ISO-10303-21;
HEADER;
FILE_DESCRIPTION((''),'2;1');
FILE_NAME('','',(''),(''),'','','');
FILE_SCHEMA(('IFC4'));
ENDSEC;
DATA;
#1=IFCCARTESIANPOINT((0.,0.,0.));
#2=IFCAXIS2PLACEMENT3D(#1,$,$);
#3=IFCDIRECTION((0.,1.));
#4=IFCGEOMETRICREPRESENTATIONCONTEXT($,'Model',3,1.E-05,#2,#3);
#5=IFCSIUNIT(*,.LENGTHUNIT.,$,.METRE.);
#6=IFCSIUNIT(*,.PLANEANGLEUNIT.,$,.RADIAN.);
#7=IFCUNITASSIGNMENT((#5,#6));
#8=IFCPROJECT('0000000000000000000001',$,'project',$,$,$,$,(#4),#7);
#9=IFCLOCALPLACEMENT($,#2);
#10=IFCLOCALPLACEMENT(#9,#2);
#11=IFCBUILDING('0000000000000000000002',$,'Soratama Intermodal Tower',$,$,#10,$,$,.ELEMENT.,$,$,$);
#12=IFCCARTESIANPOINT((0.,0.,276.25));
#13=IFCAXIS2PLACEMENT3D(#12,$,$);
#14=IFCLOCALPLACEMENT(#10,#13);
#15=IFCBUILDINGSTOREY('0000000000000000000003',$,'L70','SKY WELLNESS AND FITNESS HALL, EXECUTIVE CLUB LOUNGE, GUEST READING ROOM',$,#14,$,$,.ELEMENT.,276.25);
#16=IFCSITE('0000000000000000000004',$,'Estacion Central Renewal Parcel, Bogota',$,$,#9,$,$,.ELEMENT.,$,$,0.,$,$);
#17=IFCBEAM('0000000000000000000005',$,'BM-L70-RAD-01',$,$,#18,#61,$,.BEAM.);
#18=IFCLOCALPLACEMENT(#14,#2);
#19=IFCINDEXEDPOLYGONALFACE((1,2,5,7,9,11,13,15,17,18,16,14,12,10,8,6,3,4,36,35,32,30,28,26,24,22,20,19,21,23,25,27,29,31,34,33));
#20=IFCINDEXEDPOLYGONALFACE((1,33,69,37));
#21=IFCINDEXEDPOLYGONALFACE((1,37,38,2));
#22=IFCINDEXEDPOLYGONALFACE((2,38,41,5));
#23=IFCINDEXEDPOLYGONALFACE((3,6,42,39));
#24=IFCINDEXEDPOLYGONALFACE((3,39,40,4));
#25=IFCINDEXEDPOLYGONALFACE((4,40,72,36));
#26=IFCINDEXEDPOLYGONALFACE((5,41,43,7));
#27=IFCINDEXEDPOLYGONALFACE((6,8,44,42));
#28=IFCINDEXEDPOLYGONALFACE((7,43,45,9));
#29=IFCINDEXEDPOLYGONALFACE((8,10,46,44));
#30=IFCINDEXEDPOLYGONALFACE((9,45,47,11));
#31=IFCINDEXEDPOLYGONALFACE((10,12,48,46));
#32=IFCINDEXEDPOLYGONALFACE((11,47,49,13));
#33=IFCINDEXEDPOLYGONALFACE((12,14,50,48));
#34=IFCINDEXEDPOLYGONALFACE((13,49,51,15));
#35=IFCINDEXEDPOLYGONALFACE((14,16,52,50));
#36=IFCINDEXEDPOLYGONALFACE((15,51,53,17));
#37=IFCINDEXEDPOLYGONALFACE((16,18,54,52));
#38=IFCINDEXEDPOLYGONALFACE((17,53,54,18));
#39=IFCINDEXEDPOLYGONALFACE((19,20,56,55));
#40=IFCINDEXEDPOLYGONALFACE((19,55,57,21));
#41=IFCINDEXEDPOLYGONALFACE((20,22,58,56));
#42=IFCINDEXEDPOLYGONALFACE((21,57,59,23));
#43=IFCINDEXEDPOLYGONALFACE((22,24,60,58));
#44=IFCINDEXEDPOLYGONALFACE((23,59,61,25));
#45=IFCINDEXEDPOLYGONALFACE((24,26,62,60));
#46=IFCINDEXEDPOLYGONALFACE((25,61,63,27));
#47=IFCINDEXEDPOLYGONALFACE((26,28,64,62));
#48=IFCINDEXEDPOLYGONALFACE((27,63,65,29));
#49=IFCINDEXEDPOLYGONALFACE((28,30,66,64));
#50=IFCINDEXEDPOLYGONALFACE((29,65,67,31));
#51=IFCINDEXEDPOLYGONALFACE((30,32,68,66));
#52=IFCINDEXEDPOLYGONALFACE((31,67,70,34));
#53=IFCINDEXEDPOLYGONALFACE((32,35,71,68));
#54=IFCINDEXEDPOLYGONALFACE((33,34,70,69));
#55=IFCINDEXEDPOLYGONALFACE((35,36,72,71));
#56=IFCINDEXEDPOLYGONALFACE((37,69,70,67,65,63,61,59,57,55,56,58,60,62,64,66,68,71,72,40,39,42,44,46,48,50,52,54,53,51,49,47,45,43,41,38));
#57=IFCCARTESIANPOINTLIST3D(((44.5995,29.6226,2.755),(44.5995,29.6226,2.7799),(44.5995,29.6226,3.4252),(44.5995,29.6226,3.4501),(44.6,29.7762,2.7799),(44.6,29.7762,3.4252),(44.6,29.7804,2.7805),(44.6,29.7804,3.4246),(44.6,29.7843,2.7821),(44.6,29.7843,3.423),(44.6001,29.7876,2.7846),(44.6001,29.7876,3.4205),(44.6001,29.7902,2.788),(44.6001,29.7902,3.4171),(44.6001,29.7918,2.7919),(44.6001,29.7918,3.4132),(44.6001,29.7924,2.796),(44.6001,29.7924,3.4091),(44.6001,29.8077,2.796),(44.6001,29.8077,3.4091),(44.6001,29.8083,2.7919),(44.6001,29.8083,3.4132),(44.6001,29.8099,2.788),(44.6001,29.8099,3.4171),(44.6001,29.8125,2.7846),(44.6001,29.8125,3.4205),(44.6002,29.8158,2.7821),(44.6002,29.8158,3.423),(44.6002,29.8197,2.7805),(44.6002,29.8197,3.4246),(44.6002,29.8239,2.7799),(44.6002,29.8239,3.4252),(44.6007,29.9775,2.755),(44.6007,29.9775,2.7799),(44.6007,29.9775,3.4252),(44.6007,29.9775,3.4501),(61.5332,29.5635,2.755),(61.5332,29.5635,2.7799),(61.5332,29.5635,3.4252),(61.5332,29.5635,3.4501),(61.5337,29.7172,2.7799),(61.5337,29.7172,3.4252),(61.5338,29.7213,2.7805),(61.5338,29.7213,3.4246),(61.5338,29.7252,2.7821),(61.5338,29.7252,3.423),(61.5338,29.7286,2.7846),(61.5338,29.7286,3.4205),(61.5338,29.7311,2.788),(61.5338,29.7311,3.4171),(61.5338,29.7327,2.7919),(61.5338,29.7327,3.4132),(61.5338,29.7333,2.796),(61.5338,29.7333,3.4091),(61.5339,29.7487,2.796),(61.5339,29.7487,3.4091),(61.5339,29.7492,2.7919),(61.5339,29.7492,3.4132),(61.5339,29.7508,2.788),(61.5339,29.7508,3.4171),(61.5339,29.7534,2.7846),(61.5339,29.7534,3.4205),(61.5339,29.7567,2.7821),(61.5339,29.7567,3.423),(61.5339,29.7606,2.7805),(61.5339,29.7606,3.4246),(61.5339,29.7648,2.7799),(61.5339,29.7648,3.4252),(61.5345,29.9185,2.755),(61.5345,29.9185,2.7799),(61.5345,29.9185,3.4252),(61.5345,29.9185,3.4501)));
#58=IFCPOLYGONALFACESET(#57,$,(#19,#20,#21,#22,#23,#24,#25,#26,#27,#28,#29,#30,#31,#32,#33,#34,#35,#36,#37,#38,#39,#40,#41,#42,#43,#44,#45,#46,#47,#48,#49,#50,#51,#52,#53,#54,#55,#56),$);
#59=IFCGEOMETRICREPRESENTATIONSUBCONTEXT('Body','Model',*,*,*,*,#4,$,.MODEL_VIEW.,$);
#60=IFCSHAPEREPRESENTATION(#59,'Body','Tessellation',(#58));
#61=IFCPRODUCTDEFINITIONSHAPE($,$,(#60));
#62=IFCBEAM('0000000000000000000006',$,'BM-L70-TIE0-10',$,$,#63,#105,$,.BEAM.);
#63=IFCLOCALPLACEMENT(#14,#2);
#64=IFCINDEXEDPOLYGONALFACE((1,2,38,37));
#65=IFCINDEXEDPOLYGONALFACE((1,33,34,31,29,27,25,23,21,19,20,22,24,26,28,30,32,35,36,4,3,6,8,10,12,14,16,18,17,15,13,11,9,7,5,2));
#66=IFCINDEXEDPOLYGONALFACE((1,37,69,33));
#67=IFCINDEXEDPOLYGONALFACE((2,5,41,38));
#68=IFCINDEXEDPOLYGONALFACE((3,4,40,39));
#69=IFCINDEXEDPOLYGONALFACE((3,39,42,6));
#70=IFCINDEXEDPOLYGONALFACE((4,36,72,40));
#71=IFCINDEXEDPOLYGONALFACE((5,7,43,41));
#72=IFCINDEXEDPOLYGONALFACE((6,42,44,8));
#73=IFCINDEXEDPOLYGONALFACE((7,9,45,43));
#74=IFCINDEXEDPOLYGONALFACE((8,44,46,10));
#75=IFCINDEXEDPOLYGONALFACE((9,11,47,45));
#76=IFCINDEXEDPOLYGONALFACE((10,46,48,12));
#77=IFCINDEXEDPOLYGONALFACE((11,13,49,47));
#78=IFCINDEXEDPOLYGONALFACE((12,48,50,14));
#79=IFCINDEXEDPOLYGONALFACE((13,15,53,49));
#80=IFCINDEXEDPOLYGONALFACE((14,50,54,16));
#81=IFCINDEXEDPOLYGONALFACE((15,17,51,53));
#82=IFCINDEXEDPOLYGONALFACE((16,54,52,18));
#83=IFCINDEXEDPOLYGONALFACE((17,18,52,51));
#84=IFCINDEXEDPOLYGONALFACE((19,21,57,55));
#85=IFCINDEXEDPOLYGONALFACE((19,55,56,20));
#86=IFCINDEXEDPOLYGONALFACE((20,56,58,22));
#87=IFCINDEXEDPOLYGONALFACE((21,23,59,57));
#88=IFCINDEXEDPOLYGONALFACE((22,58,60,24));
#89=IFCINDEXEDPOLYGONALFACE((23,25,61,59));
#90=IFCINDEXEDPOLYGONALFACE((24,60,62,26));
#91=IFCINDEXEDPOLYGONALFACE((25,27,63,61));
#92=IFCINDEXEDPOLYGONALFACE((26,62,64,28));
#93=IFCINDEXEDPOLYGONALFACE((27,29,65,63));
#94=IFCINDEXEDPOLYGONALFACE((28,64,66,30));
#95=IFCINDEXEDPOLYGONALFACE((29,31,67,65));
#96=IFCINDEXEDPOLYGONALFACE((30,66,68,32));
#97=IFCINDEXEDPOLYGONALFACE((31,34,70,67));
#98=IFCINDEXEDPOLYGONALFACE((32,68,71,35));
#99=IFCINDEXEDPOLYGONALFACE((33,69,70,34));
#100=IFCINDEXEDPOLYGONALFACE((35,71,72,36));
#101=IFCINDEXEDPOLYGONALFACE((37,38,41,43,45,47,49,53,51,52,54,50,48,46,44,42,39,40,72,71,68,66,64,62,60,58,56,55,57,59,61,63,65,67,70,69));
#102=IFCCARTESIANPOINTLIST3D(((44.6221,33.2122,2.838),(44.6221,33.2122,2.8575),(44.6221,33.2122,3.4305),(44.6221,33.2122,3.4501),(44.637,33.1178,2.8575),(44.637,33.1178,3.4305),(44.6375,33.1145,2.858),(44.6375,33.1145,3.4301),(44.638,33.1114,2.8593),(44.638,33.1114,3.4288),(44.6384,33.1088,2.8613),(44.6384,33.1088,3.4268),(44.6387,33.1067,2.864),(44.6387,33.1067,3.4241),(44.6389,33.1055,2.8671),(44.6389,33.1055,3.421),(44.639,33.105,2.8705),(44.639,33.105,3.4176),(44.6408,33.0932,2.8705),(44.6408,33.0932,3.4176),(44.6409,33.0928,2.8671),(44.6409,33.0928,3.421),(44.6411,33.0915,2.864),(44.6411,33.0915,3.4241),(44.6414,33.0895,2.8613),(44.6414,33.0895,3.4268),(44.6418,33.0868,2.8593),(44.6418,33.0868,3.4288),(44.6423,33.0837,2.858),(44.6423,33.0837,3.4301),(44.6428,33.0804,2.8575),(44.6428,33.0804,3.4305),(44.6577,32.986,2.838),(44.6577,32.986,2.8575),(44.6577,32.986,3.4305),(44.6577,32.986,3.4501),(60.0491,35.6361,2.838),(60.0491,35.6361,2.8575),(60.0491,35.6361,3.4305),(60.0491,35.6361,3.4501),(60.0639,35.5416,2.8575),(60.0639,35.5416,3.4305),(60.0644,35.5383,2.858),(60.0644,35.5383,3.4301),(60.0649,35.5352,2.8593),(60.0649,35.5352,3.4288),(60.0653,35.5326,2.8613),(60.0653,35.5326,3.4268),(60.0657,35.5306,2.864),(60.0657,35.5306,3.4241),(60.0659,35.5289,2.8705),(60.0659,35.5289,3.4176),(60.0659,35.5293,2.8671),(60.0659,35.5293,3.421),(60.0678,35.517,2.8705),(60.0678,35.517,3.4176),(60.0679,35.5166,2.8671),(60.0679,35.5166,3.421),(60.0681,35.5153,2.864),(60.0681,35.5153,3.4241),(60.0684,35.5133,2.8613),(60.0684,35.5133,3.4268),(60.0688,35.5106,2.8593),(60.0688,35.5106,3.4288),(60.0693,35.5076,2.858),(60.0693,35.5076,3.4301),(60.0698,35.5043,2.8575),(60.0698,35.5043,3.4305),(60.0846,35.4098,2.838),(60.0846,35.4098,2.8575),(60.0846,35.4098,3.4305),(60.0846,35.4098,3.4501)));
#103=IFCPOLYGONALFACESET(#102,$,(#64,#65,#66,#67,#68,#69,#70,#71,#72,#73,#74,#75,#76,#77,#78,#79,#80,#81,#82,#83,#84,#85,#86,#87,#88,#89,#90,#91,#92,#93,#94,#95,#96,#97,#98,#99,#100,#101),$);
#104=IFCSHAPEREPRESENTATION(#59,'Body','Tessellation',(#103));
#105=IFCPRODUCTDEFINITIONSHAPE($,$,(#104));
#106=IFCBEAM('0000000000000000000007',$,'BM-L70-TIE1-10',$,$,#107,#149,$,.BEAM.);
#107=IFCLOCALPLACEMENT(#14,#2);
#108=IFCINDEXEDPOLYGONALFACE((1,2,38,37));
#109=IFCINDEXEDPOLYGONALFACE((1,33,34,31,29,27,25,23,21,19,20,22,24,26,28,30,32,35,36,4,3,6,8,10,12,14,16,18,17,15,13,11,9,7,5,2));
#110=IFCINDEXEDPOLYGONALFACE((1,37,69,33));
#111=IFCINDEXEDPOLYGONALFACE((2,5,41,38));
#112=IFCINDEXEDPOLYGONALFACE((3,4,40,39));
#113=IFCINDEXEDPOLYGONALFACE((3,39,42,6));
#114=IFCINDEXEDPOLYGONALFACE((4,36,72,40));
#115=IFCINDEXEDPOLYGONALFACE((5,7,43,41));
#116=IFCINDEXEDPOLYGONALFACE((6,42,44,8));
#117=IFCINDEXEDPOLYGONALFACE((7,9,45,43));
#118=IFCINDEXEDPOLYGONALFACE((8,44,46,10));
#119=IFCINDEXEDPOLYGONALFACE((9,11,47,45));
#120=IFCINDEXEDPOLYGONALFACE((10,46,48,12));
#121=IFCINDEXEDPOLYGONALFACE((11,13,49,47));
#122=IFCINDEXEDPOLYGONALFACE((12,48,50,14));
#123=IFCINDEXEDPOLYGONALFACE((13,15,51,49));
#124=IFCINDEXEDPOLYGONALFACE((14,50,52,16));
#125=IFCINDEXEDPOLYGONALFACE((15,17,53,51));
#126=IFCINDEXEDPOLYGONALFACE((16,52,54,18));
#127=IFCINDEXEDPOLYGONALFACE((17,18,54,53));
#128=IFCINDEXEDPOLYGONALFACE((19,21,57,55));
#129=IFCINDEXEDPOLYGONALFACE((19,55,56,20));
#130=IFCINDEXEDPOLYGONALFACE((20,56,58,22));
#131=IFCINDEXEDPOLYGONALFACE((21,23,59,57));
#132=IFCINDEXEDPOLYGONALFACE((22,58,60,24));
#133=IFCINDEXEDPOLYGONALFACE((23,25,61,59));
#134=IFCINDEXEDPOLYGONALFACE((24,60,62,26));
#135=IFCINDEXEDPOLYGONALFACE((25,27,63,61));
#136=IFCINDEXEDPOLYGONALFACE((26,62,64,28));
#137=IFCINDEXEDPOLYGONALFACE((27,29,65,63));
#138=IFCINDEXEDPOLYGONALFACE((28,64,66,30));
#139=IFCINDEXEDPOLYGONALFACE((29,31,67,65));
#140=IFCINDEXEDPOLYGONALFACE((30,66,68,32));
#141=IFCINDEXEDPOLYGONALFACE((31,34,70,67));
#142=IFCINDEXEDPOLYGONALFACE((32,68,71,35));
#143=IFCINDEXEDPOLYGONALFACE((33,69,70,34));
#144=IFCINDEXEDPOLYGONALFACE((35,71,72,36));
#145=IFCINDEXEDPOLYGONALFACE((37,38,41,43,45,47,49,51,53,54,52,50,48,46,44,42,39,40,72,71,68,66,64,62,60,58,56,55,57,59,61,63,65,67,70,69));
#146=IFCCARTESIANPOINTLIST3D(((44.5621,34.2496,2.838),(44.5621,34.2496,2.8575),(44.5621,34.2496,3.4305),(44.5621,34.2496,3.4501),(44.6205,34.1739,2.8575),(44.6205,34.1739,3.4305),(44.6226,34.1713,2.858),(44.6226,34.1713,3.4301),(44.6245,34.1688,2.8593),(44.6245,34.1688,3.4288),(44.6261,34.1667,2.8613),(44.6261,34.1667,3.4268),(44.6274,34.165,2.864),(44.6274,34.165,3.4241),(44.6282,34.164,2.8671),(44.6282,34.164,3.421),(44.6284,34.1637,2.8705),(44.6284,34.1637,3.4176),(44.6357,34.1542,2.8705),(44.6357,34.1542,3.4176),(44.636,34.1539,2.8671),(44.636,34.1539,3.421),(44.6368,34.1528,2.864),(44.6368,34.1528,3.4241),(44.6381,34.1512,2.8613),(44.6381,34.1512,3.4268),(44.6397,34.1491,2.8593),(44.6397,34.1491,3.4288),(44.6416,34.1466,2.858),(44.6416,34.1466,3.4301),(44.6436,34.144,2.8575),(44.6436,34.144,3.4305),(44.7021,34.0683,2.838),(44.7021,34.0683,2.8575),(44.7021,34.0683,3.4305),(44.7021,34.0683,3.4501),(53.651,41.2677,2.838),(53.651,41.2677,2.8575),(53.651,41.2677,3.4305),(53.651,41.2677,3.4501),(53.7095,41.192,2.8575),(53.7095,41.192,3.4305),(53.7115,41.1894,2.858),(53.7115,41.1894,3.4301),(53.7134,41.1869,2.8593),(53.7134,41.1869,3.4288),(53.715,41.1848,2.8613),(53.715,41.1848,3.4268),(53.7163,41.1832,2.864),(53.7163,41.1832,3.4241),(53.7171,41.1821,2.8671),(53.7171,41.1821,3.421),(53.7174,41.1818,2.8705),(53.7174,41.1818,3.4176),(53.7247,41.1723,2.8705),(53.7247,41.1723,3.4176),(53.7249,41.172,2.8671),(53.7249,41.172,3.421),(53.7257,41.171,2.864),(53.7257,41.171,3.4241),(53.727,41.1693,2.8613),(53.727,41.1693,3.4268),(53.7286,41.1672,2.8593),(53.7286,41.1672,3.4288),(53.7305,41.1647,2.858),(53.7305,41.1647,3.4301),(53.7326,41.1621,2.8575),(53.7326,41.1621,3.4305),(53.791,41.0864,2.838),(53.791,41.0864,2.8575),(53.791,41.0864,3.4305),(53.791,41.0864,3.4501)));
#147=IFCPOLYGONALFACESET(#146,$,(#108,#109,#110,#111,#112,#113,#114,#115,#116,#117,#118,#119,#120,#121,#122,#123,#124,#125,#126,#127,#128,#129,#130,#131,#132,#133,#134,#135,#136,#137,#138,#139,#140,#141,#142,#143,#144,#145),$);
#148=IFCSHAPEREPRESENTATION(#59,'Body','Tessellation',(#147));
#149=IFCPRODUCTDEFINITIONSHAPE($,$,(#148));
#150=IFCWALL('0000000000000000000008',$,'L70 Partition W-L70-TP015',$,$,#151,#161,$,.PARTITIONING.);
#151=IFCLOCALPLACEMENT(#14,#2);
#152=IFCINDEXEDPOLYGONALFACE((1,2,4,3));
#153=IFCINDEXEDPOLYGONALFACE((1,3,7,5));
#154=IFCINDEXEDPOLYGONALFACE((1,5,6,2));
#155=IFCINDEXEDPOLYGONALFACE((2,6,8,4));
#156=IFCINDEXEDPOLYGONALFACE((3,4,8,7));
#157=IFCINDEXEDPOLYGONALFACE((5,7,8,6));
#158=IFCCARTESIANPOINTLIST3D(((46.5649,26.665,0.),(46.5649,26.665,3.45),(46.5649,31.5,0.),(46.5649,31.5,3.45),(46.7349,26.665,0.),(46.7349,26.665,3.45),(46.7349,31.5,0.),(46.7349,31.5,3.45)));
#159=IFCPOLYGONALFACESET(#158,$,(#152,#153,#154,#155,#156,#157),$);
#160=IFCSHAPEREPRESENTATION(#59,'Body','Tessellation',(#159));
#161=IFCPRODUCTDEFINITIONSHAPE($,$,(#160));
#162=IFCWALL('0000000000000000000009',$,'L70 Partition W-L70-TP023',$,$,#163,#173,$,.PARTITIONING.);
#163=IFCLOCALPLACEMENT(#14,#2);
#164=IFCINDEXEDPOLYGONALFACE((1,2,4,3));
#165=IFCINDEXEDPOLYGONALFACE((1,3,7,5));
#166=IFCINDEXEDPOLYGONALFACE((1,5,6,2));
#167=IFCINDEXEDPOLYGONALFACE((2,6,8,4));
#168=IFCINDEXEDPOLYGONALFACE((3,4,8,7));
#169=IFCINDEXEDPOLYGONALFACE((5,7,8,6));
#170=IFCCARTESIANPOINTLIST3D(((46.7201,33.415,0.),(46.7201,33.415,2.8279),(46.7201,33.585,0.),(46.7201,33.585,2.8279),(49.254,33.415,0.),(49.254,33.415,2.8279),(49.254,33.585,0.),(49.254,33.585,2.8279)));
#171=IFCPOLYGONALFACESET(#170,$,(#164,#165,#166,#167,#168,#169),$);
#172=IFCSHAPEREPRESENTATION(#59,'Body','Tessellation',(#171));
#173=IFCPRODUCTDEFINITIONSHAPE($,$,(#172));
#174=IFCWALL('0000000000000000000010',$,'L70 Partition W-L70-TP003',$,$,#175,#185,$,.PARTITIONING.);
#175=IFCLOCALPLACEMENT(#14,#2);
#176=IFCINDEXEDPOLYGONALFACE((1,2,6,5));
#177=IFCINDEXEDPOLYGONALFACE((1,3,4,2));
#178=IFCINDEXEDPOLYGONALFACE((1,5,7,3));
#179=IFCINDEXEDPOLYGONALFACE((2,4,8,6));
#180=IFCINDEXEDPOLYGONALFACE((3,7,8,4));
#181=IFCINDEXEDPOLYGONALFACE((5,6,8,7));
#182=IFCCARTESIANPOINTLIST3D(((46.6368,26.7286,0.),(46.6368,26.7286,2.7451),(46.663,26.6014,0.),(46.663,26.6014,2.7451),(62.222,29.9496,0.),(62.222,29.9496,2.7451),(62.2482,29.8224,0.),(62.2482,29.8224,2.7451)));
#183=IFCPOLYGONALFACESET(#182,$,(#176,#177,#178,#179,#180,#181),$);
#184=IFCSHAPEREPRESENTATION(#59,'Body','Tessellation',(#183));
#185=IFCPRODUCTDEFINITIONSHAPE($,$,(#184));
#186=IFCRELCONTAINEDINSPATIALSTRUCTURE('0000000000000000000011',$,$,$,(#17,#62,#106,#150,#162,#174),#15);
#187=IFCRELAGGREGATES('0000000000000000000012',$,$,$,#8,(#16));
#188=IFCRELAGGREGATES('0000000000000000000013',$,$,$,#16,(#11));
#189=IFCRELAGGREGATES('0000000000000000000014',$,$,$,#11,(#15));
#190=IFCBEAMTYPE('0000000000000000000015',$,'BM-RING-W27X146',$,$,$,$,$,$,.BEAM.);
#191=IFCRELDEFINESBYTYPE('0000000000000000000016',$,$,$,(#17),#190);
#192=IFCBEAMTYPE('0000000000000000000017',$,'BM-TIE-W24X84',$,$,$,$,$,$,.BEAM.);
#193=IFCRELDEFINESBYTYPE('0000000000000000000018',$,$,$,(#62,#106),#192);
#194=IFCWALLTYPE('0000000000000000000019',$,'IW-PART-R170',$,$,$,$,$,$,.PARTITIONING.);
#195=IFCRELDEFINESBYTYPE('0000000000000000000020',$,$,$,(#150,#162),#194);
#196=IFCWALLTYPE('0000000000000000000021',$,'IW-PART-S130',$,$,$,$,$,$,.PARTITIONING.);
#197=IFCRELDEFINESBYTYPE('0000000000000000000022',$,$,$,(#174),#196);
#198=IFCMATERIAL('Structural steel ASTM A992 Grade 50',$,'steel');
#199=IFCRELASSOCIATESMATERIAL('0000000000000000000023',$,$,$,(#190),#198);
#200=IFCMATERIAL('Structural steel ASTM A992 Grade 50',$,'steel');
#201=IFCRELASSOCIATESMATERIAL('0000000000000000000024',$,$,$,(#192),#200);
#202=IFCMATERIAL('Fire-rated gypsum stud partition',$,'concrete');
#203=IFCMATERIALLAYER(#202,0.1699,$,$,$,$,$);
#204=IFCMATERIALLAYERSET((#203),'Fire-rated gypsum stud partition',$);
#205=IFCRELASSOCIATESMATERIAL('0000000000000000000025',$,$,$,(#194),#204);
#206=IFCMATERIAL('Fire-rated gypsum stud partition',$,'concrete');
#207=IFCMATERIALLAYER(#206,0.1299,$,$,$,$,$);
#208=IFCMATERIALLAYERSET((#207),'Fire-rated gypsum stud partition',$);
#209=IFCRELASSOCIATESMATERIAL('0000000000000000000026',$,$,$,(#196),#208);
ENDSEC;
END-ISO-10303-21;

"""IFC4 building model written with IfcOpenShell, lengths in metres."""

from ifc_helpers import new_model, si_unit, direction, frame, frame_2d, origin, origin_2d, place, context, subcontext, project, spatial, rectangle, i_section, extrude, material, layer, layer_set, material_profile, profile_set, type_object, element, save


model = new_model("IFC4")

# Units and contexts
model_context = context("Model", 3, precision=1e-05, world=origin(), true_north=direction((0.0, 1.0)))
body_context = subcontext(model_context, "Body", "Model", "MODEL_VIEW")
ifc_project = project(units=[si_unit("LENGTHUNIT", "METRE"), si_unit("PLANEANGLEUNIT", "RADIAN")], contexts=[model_context])

# Site, building, storey
site_placement = place(None, origin())
site = spatial("IfcSite", under=ifc_project, at=site_placement, Name="Estacion Central Renewal Parcel, Bogota", CompositionType="ELEMENT", RefElevation=0.0)
building_placement = place(site_placement, origin())
building = spatial("IfcBuilding", under=site, at=building_placement, Name="Soratama Intermodal Tower", CompositionType="ELEMENT")
storey_placement = place(building_placement, frame((0.0, 0.0, 276.25)))
storey = spatial("IfcBuildingStorey", under=building, at=storey_placement, Name="L70", Description="SKY WELLNESS AND FITNESS HALL, EXECUTIVE CLUB LOUNGE, GUEST READING ROOM", CompositionType="ELEMENT", Elevation=276.25)

# Beams
ifc_material_1 = material(Name="Structural steel ASTM A992 Grade 50", Category="steel")
ifc_material_profile_1 = material_profile(ifc_material_1, i_section(OverallWidth=0.355, OverallDepth=0.6951, WebThickness=0.0154, FlangeThickness=0.0249, FilletRadius=0.0161, at=origin_2d()), Name="W27X146")
ifc_profile_set_1 = profile_set([ifc_material_profile_1], Name="Structural steel ASTM A992 Grade 50")
beam_type_1 = type_object("IfcBeamType", Name="BM-RING-W27X146", PredefinedType="BEAM", material=ifc_profile_set_1)
beam_1_placement = place(storey_placement, frame((44.6001, 29.8, 3.1025), z_axis=(0.999994, -0.003489, 0.0), x_axis=(0.003489, 0.999994, 0.0)))
element("IfcBeam", 1, at=beam_1_placement, inside=storey, type_object=beam_type_1, Name="BM-L70-RAD-01", PredefinedType="BEAM", context=body_context, shape_type="SweptSolid", body=[
    extrude(i_section(OverallWidth=0.355, OverallDepth=0.6951, WebThickness=0.0154, FlangeThickness=0.0249, FilletRadius=0.0161, at=origin_2d()), origin(), (0.0, 0.0, 1.0), 16.9338),
])
ifc_material_2 = material(Name="Structural steel ASTM A992 Grade 50", Category="steel")
ifc_material_profile_2 = material_profile(ifc_material_2, i_section(OverallWidth=0.229, OverallDepth=0.6121, WebThickness=0.012, FlangeThickness=0.0195, FilletRadius=0.0129, at=origin_2d()), Name="W24X84")
ifc_profile_set_2 = profile_set([ifc_material_profile_2], Name="Structural steel ASTM A992 Grade 50")
beam_type_2 = type_object("IfcBeamType", Name="BM-TIE-W24X84", PredefinedType="BEAM", material=ifc_profile_set_2)
beam_2_placement = place(storey_placement, frame((44.6399, 33.0991, 3.144), z_axis=(0.987881, 0.155212, 0.0), x_axis=(-0.155212, 0.987881, 0.0)))
element("IfcBeam", 2, at=beam_2_placement, inside=storey, type_object=beam_type_2, Name="BM-L70-TIE0-10", PredefinedType="BEAM", context=body_context, shape_type="SweptSolid", body=[
    extrude(i_section(OverallWidth=0.229, OverallDepth=0.6121, WebThickness=0.012, FlangeThickness=0.0195, FilletRadius=0.0129, at=origin_2d()), origin(), (0.0, 0.0, 1.0), 15.6162),
])
beam_3_placement = place(storey_placement, frame((44.6321, 34.1589, 3.144), z_axis=(0.791502, 0.611167, 0.0), x_axis=(-0.611167, 0.791502, 0.0)))
element("IfcBeam", 3, at=beam_3_placement, inside=storey, type_object=beam_type_2, Name="BM-L70-TIE1-10", PredefinedType="BEAM", context=body_context, shape_type="SweptSolid", body=[
    extrude(i_section(OverallWidth=0.229, OverallDepth=0.6121, WebThickness=0.012, FlangeThickness=0.0195, FilletRadius=0.0129, at=origin_2d()), origin(), (0.0, 0.0, 1.0), 11.4832),
])

# Shared definitions
ifc_material_3 = material(Name="Fire-rated gypsum stud partition", Category="concrete")
ifc_layer_1 = layer(ifc_material_3, 0.1699)
ifc_layer_set_1 = layer_set([ifc_layer_1], Name="Fire-rated gypsum stud partition")
wall_type_1 = type_object("IfcWallType", Name="IW-PART-R170", PredefinedType="PARTITIONING", material=ifc_layer_set_1)

# Wall
wall_1_placement = place(storey_placement, frame((46.6499, 31.5, 0.0), z_axis=(0.0, 0.0, 1.0), x_axis=(0.0, -1.0, 0.0)))
element("IfcWall", 4, at=wall_1_placement, inside=storey, type_object=wall_type_1, Name="L70 Partition W-L70-TP015", PredefinedType="PARTITIONING", context=body_context, shape_type="SweptSolid", body=[
    extrude(rectangle(XDim=4.835, YDim=0.1699, at=frame_2d((2.4175, 0.0))), origin(), (0.0, 0.0, 1.0), 3.45),
])

# Wall
wall_2_placement = place(storey_placement, frame((46.72, 33.5, 0.0), z_axis=(0.0, 0.0, 1.0), x_axis=(1.0, 0.0, 0.0)))
element("IfcWall", 5, at=wall_2_placement, inside=storey, type_object=wall_type_1, Name="L70 Partition W-L70-TP023", PredefinedType="PARTITIONING", context=body_context, shape_type="SweptSolid", body=[
    extrude(rectangle(XDim=2.5339, YDim=0.1699, at=frame_2d((1.2671, 0.0))), origin(), (0.0, 0.0, 1.0), 2.8279),
])

# Wall
ifc_material_4 = material(Name="Fire-rated gypsum stud partition", Category="concrete")
ifc_layer_2 = layer(ifc_material_4, 0.1299)
ifc_layer_set_2 = layer_set([ifc_layer_2], Name="Fire-rated gypsum stud partition")
wall_type_2 = type_object("IfcWallType", Name="IW-PART-S130", PredefinedType="PARTITIONING", material=ifc_layer_set_2)
wall_3_placement = place(storey_placement, frame((46.6499, 26.665, 0.0), z_axis=(0.0, 0.0, 1.0), x_axis=(0.979305, 0.20239, 0.0)))
element("IfcWall", 6, at=wall_3_placement, inside=storey, type_object=wall_type_2, Name="L70 Partition W-L70-TP003", PredefinedType="PARTITIONING", context=body_context, shape_type="SweptSolid", body=[
    extrude(rectangle(XDim=15.9146, YDim=0.1299, at=frame_2d((7.9573, 0.0))), origin(), (0.0, 0.0, 1.0), 2.7451),
])

save(model, "model.ifc")
